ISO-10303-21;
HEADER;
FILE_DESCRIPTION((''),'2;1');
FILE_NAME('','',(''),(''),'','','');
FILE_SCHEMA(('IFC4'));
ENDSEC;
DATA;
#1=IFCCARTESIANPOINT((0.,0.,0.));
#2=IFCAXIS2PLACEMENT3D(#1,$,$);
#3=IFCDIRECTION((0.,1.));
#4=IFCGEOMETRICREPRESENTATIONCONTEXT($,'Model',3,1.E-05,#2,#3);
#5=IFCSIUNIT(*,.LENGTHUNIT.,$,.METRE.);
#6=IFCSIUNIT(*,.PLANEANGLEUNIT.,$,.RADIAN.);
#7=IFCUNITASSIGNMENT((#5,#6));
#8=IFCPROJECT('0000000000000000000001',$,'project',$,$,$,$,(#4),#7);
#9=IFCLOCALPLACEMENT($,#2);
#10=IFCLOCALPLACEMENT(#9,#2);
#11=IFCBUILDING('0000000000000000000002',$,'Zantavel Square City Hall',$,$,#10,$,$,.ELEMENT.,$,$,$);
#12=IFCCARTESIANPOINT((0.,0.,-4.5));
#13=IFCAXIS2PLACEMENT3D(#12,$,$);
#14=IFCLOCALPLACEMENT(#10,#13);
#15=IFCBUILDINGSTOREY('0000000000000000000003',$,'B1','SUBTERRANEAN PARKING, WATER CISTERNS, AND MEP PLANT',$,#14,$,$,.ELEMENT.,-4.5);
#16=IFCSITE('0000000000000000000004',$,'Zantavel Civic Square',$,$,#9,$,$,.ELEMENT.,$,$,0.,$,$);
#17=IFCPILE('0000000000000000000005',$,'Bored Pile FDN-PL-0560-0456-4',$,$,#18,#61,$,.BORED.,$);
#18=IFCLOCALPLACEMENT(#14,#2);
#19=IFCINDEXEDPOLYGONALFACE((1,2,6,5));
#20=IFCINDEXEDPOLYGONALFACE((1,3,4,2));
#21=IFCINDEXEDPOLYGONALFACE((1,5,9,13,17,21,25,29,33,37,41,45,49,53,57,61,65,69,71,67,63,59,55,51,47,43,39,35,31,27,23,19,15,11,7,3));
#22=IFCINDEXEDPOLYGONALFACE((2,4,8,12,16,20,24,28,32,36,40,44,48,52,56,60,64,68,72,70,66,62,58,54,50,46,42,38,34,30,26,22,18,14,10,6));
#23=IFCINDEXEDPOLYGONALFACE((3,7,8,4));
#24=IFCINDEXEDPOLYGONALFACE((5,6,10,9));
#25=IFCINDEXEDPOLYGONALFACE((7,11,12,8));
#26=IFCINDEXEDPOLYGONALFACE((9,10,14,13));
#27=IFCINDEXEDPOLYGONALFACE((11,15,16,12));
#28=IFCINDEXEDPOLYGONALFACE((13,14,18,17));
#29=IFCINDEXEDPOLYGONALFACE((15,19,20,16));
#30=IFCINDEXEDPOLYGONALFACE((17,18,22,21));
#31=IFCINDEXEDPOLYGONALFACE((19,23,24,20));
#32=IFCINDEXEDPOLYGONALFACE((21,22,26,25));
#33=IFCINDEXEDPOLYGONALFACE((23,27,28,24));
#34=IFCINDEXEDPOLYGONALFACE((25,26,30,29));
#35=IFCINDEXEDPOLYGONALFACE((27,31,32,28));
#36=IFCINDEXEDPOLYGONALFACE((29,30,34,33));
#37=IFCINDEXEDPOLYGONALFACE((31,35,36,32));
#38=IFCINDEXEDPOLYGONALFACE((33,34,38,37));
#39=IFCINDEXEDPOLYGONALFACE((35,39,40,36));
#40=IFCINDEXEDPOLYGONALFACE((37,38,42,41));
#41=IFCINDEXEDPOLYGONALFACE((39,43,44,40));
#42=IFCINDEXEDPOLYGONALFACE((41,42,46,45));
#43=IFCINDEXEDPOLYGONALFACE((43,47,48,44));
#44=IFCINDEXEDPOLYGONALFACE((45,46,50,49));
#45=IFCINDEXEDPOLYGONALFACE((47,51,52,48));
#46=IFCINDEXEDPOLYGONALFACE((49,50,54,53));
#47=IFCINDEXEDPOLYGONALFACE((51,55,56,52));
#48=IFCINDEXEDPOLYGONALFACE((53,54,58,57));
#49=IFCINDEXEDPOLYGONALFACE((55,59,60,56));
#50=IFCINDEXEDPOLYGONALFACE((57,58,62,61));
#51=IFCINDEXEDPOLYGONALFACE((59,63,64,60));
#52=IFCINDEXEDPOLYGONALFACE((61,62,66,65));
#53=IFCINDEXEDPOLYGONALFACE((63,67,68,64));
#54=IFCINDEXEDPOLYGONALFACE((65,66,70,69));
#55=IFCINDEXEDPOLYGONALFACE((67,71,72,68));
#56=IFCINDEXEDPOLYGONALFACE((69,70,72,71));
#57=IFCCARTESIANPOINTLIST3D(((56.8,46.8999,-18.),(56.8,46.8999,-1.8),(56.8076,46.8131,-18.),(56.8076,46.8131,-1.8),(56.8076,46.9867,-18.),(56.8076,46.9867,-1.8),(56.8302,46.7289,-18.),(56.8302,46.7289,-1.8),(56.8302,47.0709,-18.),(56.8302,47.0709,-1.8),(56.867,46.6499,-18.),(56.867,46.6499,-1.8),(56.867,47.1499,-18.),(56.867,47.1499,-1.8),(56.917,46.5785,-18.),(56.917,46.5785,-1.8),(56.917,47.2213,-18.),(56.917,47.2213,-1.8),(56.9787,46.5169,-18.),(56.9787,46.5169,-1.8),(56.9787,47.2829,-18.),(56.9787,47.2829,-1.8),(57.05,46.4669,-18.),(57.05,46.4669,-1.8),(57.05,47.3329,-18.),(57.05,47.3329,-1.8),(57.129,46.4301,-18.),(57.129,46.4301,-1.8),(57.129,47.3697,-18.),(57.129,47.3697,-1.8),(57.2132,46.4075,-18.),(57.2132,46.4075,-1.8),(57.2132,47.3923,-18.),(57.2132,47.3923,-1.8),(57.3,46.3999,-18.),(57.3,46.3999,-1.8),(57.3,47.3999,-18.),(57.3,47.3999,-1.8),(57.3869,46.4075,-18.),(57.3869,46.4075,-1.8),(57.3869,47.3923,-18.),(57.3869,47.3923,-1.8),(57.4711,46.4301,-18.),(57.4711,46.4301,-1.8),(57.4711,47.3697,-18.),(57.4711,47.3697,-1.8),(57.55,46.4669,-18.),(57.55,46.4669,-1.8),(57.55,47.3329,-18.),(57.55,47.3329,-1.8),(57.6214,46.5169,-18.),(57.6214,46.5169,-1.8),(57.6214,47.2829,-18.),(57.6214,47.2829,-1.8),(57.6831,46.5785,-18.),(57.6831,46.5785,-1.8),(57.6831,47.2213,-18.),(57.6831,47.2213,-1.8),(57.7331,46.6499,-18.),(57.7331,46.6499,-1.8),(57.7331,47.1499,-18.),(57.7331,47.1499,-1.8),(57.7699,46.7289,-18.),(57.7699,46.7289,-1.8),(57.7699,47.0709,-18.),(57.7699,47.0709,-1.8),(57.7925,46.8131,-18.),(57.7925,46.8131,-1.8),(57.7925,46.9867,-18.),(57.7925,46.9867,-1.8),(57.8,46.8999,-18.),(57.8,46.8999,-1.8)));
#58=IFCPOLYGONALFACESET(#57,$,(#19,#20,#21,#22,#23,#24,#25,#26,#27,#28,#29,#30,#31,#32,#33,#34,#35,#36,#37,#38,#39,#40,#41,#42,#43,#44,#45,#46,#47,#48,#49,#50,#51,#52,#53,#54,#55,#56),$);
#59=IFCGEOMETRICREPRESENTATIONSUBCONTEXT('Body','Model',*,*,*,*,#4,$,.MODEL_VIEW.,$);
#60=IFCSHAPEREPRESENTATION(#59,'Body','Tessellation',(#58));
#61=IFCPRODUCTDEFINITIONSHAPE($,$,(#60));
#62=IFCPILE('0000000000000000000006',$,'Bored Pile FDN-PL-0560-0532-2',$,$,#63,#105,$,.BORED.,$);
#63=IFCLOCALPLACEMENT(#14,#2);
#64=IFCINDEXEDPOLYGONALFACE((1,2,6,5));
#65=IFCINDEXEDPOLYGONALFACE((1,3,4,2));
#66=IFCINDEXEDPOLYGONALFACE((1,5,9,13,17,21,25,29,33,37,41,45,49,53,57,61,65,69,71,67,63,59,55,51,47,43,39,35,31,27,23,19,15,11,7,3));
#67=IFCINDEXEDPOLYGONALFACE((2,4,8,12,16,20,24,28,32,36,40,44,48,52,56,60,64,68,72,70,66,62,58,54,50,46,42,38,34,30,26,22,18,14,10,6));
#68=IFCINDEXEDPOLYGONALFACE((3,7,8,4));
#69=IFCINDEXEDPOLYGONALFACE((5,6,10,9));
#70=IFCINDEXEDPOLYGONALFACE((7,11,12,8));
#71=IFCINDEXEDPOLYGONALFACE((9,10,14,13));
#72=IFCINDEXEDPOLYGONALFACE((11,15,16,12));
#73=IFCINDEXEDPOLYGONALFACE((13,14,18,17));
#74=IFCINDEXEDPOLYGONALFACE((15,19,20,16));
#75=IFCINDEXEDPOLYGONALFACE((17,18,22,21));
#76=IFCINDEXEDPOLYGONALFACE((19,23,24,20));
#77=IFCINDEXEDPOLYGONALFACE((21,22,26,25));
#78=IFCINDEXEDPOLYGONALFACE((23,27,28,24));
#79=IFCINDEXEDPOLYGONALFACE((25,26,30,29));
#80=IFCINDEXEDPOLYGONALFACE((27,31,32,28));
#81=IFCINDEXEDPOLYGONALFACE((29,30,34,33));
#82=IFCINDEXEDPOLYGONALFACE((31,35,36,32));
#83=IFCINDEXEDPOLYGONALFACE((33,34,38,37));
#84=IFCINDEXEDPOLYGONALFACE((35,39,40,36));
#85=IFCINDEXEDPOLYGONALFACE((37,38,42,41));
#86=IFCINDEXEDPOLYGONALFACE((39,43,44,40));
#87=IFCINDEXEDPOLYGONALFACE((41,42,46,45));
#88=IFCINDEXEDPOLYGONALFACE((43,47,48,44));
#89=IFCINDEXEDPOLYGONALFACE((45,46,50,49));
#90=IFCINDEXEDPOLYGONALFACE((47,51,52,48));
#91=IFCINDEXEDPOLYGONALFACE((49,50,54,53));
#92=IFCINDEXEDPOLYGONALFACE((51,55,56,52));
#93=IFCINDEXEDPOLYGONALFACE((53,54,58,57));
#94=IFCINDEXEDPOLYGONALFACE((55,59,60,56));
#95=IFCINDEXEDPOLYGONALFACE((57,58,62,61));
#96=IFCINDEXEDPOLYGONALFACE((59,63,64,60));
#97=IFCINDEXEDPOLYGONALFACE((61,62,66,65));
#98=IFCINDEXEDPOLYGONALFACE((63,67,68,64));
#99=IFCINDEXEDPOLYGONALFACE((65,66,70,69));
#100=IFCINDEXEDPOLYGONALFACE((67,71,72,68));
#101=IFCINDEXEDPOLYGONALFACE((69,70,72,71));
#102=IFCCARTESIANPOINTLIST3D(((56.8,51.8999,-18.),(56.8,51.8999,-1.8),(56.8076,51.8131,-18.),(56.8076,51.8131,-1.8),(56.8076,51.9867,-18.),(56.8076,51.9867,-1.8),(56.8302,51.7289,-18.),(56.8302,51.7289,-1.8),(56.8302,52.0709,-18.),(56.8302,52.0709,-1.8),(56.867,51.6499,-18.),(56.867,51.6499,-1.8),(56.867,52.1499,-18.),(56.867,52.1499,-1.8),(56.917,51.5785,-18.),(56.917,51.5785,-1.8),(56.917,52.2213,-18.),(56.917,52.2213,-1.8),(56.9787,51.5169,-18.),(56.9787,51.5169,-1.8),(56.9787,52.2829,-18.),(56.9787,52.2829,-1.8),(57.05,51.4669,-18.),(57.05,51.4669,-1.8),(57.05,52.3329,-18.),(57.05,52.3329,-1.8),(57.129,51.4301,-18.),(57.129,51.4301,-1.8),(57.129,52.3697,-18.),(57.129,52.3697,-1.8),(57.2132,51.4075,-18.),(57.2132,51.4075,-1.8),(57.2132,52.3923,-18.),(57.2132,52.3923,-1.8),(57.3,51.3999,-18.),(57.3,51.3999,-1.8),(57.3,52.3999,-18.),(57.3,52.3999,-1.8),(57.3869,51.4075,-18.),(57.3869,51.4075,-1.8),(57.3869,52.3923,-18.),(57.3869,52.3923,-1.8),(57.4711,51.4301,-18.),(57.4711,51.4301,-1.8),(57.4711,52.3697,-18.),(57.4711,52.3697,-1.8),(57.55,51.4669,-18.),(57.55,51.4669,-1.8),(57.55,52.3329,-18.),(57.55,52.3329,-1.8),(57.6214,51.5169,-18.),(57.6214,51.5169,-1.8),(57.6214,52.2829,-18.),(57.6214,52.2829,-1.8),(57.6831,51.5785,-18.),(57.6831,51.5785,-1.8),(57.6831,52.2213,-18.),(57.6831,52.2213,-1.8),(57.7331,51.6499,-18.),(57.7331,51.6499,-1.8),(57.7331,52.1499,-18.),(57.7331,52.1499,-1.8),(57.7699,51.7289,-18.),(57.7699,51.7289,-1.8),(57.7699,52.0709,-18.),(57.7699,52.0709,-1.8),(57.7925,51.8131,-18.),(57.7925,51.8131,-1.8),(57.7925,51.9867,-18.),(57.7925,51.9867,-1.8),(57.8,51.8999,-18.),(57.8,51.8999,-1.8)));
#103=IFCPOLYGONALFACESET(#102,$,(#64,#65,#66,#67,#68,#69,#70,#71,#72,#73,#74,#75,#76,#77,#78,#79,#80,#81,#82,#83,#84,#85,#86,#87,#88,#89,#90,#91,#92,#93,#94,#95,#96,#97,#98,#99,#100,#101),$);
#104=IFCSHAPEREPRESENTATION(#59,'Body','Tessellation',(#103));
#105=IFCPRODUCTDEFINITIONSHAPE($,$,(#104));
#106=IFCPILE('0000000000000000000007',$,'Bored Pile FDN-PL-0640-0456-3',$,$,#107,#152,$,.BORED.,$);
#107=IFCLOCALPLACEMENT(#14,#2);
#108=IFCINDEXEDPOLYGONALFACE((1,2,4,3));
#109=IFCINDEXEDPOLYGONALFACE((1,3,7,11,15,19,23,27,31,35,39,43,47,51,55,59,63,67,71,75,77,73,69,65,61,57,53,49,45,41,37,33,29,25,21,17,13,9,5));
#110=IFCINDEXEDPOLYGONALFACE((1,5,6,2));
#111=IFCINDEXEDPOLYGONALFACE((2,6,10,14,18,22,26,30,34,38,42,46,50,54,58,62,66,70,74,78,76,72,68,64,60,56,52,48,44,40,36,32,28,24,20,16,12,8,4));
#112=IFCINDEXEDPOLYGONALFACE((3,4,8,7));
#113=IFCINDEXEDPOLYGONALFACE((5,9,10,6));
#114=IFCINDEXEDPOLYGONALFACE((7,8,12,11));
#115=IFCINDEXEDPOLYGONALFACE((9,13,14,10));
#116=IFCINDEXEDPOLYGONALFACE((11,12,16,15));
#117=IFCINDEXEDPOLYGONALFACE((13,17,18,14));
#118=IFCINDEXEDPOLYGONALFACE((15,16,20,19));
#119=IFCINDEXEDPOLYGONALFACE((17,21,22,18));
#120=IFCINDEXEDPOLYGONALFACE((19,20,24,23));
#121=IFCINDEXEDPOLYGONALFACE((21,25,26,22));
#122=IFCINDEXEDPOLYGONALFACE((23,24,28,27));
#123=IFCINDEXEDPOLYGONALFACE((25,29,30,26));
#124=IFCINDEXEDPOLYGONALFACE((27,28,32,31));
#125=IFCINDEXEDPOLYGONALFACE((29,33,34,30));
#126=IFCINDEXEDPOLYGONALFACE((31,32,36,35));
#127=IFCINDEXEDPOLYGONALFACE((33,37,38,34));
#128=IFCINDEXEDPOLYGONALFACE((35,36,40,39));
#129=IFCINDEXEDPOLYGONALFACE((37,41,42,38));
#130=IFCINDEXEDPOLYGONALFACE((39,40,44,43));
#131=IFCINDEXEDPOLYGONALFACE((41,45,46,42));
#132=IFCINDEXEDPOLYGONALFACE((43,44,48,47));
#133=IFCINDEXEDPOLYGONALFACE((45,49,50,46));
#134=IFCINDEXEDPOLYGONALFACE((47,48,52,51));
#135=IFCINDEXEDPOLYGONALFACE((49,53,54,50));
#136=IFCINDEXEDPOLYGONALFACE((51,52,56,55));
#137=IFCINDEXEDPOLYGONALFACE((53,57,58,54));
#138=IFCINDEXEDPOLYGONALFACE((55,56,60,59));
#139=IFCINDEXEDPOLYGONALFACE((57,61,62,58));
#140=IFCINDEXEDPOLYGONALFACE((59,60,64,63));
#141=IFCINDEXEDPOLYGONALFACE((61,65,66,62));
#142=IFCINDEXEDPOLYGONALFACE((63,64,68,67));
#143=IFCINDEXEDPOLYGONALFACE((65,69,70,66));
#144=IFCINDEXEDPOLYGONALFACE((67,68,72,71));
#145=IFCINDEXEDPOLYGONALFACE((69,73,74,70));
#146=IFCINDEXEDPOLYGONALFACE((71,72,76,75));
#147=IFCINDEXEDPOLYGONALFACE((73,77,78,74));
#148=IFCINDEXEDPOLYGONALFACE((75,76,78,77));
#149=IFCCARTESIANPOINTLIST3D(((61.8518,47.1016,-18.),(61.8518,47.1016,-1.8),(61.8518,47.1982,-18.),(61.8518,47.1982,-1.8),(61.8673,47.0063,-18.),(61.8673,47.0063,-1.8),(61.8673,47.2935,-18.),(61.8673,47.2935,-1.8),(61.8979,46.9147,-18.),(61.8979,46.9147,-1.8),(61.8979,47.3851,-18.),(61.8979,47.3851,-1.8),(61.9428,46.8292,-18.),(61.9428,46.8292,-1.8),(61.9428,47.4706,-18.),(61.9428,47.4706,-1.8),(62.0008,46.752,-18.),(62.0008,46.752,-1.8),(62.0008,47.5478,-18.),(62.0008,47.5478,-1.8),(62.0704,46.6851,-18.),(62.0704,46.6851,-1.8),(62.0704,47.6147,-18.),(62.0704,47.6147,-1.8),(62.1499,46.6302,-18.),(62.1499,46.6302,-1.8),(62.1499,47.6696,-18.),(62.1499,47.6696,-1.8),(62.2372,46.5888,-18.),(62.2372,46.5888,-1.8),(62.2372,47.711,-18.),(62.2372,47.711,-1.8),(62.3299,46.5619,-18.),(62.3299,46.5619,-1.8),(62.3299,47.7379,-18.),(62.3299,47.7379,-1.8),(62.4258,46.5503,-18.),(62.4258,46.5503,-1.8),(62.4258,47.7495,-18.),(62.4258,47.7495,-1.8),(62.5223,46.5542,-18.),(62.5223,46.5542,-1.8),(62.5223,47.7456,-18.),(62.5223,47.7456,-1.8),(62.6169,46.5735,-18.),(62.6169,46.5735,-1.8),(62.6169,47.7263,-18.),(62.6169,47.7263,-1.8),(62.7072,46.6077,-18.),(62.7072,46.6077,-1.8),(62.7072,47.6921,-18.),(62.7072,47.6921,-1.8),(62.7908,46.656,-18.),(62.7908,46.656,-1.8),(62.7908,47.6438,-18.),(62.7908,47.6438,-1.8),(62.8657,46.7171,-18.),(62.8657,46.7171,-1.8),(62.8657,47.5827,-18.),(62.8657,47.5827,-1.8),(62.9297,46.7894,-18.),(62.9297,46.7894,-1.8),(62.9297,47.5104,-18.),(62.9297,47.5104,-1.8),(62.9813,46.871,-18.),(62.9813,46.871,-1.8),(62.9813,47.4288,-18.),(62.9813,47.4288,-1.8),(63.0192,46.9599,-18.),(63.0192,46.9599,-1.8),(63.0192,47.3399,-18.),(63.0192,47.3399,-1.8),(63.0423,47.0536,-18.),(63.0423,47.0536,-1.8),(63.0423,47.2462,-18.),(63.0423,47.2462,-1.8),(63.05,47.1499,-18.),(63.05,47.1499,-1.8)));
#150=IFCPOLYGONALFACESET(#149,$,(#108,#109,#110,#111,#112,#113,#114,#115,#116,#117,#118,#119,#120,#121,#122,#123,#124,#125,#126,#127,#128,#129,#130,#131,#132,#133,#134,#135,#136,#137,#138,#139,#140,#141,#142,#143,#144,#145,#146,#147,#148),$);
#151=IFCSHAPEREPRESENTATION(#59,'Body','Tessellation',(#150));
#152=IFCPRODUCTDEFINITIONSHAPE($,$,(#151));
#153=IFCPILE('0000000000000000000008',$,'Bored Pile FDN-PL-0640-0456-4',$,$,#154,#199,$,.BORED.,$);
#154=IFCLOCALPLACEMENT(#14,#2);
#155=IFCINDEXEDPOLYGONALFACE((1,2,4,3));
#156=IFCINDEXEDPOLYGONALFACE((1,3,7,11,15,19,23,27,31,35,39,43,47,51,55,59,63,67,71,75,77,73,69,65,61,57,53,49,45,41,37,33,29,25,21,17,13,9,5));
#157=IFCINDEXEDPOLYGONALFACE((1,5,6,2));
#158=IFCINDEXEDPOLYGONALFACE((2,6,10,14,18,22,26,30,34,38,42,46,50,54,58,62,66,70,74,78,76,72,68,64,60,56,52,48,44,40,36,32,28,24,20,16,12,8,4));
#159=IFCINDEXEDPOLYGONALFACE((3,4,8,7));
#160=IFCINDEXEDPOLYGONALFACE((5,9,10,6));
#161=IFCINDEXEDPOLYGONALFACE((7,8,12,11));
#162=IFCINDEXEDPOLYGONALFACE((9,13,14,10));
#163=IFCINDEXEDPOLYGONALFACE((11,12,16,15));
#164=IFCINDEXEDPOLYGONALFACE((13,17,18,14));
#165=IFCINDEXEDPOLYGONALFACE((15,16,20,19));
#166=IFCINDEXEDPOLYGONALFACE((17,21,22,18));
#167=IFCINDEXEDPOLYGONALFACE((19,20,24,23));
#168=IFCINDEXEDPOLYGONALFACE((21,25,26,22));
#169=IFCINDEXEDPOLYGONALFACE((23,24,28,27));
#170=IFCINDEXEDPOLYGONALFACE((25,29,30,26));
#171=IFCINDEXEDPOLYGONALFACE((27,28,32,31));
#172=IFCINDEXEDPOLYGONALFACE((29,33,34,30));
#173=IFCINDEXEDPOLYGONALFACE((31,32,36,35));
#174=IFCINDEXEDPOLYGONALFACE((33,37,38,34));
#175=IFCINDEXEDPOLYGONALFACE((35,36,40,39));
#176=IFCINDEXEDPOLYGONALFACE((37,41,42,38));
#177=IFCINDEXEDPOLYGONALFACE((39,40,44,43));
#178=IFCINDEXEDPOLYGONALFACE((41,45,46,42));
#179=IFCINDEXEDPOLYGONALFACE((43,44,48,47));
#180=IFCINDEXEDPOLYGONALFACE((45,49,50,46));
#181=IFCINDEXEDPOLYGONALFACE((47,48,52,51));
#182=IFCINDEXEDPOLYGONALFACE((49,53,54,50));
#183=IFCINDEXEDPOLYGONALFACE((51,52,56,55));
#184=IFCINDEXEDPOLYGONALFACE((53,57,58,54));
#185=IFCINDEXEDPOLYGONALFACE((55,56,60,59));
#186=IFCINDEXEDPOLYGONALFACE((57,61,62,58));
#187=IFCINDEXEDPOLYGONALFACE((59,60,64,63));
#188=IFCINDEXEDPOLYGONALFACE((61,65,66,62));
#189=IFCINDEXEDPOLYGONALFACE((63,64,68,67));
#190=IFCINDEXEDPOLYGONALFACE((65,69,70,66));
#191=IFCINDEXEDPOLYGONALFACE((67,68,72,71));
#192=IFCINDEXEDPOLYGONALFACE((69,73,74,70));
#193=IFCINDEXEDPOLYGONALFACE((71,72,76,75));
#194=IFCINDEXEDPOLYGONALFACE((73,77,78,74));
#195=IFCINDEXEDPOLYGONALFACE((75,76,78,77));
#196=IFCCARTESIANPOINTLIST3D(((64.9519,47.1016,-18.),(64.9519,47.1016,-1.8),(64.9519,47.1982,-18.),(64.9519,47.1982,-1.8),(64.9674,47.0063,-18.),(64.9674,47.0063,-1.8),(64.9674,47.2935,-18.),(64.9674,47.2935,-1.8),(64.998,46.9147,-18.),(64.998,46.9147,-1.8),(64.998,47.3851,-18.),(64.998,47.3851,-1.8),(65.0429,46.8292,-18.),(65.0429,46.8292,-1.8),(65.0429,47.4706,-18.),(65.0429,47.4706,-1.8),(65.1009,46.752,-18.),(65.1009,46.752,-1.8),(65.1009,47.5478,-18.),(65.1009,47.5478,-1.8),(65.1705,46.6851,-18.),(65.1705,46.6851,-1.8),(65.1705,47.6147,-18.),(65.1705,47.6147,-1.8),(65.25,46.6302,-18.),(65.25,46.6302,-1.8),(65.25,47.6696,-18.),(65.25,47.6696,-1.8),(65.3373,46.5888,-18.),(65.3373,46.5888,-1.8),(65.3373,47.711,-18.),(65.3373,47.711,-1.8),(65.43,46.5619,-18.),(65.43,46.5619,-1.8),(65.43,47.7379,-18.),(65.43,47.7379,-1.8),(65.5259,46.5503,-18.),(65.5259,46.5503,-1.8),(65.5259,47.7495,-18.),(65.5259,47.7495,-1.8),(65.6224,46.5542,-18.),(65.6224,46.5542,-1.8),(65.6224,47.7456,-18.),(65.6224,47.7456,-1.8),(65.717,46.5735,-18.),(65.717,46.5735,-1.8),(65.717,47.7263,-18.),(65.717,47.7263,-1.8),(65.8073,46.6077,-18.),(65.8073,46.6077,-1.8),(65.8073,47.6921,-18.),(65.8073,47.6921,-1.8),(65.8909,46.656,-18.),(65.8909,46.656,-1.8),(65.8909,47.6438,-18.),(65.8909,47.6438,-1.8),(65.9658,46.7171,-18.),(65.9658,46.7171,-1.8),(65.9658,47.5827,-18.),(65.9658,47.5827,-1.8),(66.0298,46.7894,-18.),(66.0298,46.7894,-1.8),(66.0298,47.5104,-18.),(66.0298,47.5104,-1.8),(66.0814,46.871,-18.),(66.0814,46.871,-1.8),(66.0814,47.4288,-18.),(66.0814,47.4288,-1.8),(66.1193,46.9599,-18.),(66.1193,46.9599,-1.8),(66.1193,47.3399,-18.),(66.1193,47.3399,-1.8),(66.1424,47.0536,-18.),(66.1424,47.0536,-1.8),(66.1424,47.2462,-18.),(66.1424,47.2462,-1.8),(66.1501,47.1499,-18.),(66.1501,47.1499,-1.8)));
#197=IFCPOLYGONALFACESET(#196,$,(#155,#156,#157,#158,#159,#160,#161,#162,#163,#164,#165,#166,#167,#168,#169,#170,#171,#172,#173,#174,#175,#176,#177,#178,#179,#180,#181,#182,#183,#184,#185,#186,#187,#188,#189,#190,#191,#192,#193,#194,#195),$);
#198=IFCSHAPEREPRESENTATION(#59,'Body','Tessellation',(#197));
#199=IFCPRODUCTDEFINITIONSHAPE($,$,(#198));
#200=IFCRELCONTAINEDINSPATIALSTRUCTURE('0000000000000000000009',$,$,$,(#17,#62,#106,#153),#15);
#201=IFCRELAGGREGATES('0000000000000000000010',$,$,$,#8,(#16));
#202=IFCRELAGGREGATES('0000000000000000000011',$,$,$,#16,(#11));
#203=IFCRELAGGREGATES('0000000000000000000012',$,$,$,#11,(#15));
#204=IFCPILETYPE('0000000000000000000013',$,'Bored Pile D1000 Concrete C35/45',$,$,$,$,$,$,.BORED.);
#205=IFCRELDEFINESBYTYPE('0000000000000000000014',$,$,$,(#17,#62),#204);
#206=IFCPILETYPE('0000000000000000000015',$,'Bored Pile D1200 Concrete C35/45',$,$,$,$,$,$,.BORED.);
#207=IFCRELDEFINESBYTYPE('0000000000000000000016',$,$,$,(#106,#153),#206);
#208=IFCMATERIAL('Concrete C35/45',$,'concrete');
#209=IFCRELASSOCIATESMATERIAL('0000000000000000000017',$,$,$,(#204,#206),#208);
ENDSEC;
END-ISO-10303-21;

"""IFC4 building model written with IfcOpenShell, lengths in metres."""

from ifc_helpers import new_model, si_unit, direction, frame, origin, origin_2d, place, context, subcontext, project, spatial, circle, extrude, material, material_profile, profile_set, type_object, element, save


model = new_model("IFC4")

# Units and contexts
model_context = context("Model", 3, precision=1e-05, world=origin(), true_north=direction((0.0, 1.0)))
body_context = subcontext(model_context, "Body", "Model", "MODEL_VIEW")
ifc_project = project(units=[si_unit("LENGTHUNIT", "METRE"), si_unit("PLANEANGLEUNIT", "RADIAN")], contexts=[model_context])

# Site, building, storey
site_placement = place(None, origin())
site = spatial("IfcSite", under=ifc_project, at=site_placement, Name="Zantavel Civic Square", CompositionType="ELEMENT", RefElevation=0.0)
building_placement = place(site_placement, origin())
building = spatial("IfcBuilding", under=site, at=building_placement, Name="Zantavel Square City Hall", CompositionType="ELEMENT")
storey_placement = place(building_placement, frame((0.0, 0.0, -4.5)))
storey = spatial("IfcBuildingStorey", under=building, at=storey_placement, Name="B1", Description="SUBTERRANEAN PARKING, WATER CISTERNS, AND MEP PLANT", CompositionType="ELEMENT", Elevation=-4.5)

# Piles
ifc_material_1 = material(Name="Concrete C35/45", Category="concrete")
ifc_material_profile_1 = material_profile(ifc_material_1, circle(Radius=0.5, at=origin_2d()), Name="PILE D1000")
ifc_profile_set_1 = profile_set([ifc_material_profile_1], Name="Concrete C35/45")
pile_type_1 = type_object("IfcPileType", Name="Bored Pile D1000 Concrete C35/45", PredefinedType="BORED", material=ifc_profile_set_1)
for number, where, z_axis, x_axis, name in (
    (1, (57.3, 46.8999, -1.8), (0.0, 0.0, -1.0), (1.0, 0.0, 0.0), "Bored Pile FDN-PL-0560-0456-4"),
    (2, (57.3, 51.8999, -1.8), (0.0, 0.0, -1.0), (1.0, 0.0, 0.0), "Bored Pile FDN-PL-0560-0532-2"),
):
    element("IfcPile", number, at=place(storey_placement, frame(where, z_axis=z_axis, x_axis=x_axis)), inside=storey, type_object=pile_type_1, Name=name, PredefinedType="BORED", context=body_context, shape_type="SweptSolid", body=[
        extrude(circle(Radius=0.5, at=origin_2d()), origin(), (0.0, 0.0, 1.0), 16.2),
    ])
ifc_material_profile_2 = material_profile(ifc_material_1, circle(Radius=0.6001, at=origin_2d()), Name="PILE D1200")
ifc_profile_set_2 = profile_set([ifc_material_profile_2], Name="Concrete C35/45")
pile_type_2 = type_object("IfcPileType", Name="Bored Pile D1200 Concrete C35/45", PredefinedType="BORED", material=ifc_profile_set_2)
for number, where, z_axis, x_axis, name in (
    (3, (62.45, 47.1499, -1.8), (0.0, 0.0, -1.0), (1.0, 0.0, 0.0), "Bored Pile FDN-PL-0640-0456-3"),
    (4, (65.55, 47.1499, -1.8), (0.0, 0.0, -1.0), (1.0, 0.0, 0.0), "Bored Pile FDN-PL-0640-0456-4"),
):
    element("IfcPile", number, at=place(storey_placement, frame(where, z_axis=z_axis, x_axis=x_axis)), inside=storey, type_object=pile_type_2, Name=name, PredefinedType="BORED", context=body_context, shape_type="SweptSolid", body=[
        extrude(circle(Radius=0.6001, at=origin_2d()), origin(), (0.0, 0.0, 1.0), 16.2),
    ])

save(model, "model.ifc")
